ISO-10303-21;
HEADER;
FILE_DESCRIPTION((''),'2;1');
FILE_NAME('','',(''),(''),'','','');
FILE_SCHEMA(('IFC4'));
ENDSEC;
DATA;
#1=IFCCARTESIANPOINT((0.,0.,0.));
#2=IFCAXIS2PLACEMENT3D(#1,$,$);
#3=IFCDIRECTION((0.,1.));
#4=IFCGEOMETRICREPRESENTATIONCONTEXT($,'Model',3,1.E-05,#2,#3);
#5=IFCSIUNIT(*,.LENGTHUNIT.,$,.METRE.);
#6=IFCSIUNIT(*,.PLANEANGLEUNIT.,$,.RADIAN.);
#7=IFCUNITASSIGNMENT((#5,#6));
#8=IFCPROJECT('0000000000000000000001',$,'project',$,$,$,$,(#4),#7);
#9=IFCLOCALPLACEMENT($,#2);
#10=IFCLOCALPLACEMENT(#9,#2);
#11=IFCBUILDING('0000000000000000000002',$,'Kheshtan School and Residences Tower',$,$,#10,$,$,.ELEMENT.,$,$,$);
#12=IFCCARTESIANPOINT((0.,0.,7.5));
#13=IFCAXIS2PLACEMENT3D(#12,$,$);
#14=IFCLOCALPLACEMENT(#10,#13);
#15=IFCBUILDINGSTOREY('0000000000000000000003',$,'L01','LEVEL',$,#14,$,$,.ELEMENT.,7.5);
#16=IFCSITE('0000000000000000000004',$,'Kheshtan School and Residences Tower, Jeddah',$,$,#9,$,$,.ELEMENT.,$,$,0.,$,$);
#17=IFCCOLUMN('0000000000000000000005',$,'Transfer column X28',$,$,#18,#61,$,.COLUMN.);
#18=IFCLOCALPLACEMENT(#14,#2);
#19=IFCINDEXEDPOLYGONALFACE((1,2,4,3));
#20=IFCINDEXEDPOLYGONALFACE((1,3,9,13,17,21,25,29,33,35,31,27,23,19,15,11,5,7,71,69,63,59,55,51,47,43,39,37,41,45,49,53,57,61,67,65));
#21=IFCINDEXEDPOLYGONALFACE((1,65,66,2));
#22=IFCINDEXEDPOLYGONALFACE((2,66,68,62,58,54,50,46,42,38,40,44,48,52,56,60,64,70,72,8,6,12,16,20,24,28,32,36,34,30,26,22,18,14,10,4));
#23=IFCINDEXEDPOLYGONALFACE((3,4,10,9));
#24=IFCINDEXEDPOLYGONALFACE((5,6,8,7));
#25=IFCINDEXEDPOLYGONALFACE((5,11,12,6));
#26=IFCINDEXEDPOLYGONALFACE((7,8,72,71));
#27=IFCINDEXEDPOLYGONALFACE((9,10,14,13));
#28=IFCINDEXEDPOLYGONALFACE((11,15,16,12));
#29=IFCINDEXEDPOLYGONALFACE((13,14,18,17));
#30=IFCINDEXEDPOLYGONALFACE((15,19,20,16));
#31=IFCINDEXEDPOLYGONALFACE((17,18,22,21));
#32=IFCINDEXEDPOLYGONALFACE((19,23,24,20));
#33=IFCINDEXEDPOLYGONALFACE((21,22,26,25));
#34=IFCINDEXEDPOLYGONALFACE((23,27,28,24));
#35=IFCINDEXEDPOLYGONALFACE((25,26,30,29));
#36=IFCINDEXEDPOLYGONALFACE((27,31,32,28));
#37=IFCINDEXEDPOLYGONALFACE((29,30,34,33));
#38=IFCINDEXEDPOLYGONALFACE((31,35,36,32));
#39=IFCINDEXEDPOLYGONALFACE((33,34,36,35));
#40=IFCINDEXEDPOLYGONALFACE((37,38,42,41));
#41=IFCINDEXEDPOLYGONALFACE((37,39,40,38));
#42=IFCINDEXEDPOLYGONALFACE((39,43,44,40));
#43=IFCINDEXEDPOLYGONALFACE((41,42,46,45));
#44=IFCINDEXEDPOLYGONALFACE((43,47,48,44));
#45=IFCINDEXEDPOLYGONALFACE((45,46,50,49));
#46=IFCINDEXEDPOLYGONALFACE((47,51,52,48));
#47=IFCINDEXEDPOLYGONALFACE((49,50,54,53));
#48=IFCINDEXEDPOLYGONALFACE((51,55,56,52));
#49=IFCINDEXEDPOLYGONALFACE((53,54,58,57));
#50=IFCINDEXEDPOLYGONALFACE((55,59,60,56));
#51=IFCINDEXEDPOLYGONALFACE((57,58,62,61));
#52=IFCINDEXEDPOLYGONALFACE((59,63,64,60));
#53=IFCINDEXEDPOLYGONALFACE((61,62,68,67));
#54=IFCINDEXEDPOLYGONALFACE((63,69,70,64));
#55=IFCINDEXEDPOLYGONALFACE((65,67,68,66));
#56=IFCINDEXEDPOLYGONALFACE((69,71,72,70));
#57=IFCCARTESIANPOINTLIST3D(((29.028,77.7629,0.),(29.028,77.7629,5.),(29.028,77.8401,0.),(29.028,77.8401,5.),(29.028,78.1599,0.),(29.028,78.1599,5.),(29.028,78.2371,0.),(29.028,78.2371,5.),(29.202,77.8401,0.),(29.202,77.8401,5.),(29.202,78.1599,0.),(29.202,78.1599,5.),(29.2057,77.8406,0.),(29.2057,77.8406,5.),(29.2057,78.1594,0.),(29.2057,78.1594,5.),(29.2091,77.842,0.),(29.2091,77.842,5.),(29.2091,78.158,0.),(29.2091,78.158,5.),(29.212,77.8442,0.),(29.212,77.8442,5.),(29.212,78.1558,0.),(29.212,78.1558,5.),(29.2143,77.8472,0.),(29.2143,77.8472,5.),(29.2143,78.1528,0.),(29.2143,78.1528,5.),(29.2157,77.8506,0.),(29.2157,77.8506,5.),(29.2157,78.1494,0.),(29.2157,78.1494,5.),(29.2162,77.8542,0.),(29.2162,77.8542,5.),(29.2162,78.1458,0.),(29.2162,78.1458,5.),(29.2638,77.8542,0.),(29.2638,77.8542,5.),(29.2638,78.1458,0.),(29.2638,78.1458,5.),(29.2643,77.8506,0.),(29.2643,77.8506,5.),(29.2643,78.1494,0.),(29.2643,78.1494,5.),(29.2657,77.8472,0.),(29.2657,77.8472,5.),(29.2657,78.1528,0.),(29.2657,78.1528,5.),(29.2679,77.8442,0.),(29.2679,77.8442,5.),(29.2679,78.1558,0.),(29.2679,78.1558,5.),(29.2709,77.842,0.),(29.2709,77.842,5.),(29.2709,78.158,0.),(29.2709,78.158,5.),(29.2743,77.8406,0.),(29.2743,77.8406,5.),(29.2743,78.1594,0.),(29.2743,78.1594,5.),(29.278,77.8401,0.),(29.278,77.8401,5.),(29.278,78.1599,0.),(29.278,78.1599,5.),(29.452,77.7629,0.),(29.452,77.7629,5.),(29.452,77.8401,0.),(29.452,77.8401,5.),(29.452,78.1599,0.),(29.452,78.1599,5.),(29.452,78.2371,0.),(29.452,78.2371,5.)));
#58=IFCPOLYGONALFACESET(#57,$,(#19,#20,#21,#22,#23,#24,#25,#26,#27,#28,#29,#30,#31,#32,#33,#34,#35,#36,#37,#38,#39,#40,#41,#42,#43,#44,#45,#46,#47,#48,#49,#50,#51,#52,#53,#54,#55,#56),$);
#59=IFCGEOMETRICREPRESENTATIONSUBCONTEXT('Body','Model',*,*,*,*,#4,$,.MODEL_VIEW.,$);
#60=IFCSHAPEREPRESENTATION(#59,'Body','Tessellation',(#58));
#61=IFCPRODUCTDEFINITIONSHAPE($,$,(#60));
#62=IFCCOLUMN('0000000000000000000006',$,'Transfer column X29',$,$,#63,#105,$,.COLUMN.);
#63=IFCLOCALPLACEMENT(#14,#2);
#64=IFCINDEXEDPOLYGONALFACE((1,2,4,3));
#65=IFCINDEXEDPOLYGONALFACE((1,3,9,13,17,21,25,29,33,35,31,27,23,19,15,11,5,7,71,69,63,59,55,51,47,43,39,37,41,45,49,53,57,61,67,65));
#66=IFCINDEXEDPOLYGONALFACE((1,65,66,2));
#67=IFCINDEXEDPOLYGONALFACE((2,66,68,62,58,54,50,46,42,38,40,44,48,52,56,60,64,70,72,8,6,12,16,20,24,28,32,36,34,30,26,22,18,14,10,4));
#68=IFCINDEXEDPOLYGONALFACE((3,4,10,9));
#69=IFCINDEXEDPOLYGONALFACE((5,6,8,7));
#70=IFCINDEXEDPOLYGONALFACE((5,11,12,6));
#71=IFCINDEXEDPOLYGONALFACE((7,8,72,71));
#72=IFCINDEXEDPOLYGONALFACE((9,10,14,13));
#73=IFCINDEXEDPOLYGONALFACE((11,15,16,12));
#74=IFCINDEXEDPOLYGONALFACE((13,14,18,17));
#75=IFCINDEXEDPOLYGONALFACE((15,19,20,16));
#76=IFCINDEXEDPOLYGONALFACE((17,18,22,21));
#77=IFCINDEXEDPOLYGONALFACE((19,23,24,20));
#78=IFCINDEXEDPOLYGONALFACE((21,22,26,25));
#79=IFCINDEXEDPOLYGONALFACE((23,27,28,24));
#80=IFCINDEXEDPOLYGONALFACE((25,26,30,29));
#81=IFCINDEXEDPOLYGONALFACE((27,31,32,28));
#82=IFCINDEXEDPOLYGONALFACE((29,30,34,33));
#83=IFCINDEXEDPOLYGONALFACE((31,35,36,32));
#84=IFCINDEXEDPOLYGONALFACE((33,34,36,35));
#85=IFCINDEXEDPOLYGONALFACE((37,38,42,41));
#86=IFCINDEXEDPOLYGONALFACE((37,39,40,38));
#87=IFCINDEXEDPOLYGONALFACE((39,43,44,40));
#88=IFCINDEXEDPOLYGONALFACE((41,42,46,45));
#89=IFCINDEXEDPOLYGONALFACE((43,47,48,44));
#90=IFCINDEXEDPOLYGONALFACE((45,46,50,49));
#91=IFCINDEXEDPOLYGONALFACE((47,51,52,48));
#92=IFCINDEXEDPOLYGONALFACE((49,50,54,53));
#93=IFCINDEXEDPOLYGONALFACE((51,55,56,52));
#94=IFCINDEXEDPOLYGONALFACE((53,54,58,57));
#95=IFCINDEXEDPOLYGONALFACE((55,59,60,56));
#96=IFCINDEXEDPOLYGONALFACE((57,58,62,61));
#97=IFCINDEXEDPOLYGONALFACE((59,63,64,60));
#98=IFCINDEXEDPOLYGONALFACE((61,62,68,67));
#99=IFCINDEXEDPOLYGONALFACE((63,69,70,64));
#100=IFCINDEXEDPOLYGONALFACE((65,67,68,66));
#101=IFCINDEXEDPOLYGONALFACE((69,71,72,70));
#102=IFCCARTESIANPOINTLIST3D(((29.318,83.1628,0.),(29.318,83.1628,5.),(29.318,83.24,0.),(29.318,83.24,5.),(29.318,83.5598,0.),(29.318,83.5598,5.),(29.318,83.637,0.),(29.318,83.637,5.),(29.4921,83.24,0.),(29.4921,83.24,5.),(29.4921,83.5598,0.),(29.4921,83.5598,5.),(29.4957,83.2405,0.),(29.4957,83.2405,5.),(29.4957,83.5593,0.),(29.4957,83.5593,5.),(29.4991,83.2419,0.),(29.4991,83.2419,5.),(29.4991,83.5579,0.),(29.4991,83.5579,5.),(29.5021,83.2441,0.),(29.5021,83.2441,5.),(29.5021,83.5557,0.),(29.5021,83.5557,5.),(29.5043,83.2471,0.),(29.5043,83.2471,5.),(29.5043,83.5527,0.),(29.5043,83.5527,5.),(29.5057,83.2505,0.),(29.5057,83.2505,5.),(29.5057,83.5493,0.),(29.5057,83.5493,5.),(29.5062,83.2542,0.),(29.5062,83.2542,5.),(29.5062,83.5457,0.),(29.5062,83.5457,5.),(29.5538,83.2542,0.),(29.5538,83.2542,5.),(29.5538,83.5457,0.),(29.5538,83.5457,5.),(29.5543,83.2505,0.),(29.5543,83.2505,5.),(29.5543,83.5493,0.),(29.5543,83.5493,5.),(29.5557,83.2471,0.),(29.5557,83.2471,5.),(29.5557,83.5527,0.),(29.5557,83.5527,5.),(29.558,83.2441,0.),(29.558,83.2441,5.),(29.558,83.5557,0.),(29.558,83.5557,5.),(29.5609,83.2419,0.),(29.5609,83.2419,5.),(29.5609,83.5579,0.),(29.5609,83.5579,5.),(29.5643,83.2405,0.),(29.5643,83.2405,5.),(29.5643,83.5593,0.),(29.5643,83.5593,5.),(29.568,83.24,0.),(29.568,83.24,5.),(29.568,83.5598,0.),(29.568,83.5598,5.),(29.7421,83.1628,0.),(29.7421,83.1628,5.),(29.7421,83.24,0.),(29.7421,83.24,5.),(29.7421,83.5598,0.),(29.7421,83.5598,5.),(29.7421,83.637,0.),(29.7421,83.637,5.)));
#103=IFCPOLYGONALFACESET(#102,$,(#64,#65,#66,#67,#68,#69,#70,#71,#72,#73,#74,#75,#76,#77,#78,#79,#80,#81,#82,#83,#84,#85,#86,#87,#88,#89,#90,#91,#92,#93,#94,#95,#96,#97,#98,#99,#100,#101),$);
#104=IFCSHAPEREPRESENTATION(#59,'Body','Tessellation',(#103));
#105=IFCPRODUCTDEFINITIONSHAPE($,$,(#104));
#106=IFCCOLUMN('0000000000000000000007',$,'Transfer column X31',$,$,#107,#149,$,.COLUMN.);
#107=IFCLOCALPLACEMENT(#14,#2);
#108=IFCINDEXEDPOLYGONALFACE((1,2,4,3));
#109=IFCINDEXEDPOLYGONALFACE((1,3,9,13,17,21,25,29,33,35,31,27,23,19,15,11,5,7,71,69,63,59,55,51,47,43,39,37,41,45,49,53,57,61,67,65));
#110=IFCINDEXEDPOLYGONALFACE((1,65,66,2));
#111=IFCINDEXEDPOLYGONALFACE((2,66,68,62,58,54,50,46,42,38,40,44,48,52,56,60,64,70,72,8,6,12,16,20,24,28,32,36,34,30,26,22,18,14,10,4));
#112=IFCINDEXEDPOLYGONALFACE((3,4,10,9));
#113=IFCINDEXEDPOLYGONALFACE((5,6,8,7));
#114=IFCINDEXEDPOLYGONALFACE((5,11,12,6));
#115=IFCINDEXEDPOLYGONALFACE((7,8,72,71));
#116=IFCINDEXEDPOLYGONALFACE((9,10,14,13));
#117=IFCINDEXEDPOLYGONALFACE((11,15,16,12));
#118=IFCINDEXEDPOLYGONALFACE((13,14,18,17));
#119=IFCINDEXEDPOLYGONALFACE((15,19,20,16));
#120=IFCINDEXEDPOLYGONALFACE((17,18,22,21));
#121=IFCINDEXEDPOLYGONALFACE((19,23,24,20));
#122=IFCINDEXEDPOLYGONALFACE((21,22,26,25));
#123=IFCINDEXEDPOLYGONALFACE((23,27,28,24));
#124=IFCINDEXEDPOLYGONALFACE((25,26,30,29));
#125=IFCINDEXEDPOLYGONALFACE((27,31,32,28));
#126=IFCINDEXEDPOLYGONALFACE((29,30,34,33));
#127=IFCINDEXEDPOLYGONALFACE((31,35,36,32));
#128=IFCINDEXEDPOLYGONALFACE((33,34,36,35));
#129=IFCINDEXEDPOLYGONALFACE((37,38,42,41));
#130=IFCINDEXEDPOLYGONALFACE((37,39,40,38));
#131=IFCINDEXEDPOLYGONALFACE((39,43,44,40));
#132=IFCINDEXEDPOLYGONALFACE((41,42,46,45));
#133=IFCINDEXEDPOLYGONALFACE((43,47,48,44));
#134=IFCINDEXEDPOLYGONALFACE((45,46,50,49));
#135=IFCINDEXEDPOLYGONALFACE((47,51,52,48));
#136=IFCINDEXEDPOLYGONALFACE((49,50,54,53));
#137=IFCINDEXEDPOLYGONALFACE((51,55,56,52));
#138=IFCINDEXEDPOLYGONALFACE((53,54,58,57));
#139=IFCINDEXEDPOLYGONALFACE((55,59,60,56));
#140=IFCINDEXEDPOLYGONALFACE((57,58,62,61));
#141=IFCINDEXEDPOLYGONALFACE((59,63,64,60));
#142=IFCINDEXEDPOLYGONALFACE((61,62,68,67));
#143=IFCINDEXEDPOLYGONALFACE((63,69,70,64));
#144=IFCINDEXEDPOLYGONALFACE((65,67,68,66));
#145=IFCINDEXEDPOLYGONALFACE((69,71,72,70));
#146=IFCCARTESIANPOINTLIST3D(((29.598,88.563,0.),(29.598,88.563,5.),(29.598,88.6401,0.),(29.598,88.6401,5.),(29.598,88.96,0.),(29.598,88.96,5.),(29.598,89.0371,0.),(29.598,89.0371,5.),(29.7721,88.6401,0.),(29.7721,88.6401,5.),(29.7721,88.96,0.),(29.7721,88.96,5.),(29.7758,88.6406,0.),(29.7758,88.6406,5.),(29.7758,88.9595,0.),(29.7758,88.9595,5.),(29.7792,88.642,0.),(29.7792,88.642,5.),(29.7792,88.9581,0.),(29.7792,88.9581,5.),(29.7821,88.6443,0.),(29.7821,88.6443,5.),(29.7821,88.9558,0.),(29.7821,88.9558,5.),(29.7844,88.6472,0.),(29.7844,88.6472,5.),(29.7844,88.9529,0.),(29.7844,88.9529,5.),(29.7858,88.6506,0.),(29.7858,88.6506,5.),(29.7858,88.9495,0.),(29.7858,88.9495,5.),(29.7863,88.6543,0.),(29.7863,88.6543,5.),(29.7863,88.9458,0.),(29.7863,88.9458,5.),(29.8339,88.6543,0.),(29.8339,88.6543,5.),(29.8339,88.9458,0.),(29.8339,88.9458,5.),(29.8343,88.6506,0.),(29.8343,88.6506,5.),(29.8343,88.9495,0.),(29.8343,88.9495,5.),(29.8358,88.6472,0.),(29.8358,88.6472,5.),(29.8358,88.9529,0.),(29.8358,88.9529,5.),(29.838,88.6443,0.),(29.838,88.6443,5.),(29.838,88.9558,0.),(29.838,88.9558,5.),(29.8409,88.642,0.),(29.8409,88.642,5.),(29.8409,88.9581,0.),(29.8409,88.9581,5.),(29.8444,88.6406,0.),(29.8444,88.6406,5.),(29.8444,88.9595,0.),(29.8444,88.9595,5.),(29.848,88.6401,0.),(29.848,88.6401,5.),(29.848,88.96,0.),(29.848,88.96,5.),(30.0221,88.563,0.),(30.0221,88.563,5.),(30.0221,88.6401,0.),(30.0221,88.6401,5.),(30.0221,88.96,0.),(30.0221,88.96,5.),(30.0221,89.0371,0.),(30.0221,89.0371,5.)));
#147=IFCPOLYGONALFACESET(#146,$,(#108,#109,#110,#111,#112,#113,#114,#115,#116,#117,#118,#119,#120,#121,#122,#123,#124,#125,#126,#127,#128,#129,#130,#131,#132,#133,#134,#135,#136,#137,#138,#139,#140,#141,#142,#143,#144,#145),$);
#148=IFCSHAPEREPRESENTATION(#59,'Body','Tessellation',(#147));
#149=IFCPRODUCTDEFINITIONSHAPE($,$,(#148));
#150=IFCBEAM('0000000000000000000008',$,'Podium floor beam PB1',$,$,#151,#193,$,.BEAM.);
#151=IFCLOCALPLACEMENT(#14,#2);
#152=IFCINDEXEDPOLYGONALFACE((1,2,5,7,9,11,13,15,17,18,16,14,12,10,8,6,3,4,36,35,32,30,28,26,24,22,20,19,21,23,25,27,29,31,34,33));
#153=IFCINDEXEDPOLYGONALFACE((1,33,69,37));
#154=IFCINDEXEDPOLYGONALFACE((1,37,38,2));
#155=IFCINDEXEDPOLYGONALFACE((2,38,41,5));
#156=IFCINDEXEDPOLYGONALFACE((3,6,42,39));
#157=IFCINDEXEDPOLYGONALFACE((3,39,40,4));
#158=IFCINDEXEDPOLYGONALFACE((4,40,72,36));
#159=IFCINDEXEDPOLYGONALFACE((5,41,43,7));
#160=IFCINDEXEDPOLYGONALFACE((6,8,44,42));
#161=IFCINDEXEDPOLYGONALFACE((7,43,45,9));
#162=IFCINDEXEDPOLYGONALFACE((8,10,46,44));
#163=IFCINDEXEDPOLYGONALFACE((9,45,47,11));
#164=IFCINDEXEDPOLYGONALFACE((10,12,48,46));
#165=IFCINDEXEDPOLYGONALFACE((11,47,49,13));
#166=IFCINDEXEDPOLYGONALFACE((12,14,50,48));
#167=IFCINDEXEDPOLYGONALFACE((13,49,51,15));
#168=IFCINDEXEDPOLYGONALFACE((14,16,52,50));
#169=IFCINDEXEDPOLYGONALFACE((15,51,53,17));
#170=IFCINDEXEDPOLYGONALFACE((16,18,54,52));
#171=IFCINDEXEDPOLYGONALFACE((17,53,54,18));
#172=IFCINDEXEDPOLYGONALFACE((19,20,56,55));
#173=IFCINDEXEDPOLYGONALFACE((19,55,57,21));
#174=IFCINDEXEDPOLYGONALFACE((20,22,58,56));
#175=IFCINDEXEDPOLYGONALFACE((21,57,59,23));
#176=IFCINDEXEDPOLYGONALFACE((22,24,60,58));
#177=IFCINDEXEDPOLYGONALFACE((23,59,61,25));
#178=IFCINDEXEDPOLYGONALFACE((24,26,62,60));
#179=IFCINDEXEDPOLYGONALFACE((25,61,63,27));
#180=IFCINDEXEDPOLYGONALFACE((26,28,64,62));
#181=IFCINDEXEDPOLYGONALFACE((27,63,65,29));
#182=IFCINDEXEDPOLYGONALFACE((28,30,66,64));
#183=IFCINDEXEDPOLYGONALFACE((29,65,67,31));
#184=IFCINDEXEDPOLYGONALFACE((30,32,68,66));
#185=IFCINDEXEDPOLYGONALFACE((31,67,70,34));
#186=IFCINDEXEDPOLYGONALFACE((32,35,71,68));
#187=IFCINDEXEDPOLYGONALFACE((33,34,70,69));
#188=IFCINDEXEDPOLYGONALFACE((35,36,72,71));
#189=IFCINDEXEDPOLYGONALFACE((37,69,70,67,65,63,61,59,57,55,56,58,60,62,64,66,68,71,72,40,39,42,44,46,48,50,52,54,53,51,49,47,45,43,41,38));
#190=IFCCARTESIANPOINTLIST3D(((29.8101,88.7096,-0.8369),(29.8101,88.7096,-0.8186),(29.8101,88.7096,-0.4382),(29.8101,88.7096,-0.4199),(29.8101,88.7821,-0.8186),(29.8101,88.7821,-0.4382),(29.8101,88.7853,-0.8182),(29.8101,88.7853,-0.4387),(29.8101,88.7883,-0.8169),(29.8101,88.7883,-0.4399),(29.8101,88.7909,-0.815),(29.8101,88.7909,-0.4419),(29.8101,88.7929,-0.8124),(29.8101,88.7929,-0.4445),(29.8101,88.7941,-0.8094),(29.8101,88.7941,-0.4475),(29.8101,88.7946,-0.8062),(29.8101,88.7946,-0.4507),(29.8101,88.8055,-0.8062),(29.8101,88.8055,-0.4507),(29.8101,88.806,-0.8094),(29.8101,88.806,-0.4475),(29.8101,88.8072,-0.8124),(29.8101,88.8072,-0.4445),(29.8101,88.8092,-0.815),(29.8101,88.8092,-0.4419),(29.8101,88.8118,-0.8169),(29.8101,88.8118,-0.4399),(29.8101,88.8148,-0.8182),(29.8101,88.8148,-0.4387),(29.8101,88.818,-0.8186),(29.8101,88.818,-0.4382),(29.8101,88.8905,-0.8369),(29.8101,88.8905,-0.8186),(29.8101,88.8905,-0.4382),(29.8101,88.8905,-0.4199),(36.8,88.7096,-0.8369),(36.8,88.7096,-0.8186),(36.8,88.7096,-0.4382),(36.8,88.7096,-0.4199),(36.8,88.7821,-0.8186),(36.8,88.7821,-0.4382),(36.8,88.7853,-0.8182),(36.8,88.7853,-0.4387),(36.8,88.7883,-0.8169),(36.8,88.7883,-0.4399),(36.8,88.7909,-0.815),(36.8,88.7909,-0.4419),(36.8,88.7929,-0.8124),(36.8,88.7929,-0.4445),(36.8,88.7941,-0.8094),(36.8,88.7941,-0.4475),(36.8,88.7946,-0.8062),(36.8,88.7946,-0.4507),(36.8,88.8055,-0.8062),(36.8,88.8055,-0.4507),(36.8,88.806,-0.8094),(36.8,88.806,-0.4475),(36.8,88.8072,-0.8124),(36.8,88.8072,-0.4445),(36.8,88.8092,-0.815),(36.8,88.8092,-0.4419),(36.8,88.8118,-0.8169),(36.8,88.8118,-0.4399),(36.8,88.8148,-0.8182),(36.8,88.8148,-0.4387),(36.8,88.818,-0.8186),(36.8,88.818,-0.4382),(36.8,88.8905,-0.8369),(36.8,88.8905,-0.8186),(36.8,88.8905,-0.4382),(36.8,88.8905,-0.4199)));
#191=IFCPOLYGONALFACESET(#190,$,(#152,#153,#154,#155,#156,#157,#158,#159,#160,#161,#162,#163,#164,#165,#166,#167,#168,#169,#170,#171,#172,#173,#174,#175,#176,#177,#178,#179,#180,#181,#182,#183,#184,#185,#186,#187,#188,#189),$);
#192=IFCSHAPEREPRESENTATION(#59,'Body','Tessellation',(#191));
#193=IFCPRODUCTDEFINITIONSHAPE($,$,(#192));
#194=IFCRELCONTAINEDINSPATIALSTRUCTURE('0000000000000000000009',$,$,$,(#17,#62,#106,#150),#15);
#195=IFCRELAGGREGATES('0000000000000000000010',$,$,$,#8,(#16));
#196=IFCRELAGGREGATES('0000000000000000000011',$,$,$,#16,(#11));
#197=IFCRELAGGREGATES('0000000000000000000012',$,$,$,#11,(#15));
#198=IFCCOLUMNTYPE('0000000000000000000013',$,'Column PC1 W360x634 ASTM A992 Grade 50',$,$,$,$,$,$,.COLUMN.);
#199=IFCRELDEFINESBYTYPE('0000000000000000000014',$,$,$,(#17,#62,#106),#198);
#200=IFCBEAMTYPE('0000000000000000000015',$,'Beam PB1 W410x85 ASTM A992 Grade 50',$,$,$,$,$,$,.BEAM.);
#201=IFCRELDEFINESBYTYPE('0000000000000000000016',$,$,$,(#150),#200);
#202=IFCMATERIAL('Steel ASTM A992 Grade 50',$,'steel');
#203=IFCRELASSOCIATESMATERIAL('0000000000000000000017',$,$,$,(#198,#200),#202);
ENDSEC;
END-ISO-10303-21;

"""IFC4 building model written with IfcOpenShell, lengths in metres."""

from ifc_helpers import new_model, si_unit, direction, frame, origin, origin_2d, place, context, subcontext, project, spatial, i_section, extrude, material, material_profile, profile_set, type_object, element, save


model = new_model("IFC4")

# Units and contexts
model_context = context("Model", 3, precision=1e-05, world=origin(), true_north=direction((0.0, 1.0)))
body_context = subcontext(model_context, "Body", "Model", "MODEL_VIEW")
ifc_project = project(units=[si_unit("LENGTHUNIT", "METRE"), si_unit("PLANEANGLEUNIT", "RADIAN")], contexts=[model_context])

# Site, building, storey
site_placement = place(None, origin())
site = spatial("IfcSite", under=ifc_project, at=site_placement, Name="Kheshtan School and Residences Tower, Jeddah", CompositionType="ELEMENT", RefElevation=0.0)
building_placement = place(site_placement, origin())
building = spatial("IfcBuilding", under=site, at=building_placement, Name="Kheshtan School and Residences Tower", CompositionType="ELEMENT")
storey_placement = place(building_placement, frame((0.0, 0.0, 7.5)))
storey = spatial("IfcBuildingStorey", under=building, at=storey_placement, Name="L01", Description="LEVEL", CompositionType="ELEMENT", Elevation=7.5)

# Columns
ifc_material_1 = material(Name="Steel ASTM A992 Grade 50", Category="steel")
ifc_material_profile_1 = material_profile(ifc_material_1, i_section(OverallWidth=0.4241, OverallDepth=0.4741, WebThickness=0.0476, FlangeThickness=0.0771, FilletRadius=0.0142, at=origin_2d()), Name="W360x634")
ifc_profile_set_1 = profile_set([ifc_material_profile_1], Name="Steel ASTM A992 Grade 50")
column_type = type_object("IfcColumnType", Name="Column PC1 W360x634 ASTM A992 Grade 50", PredefinedType="COLUMN", material=ifc_profile_set_1)
for number, where, z_axis, x_axis, name in (
    (1, (29.24, 78.0, 0.0), (0.0, 0.0, 1.0), (1.0, 0.0, 0.0), "Transfer column X28"),
    (2, (29.53, 83.3999, 0.0), (0.0, 0.0, 1.0), (1.0, 0.0, 0.0), "Transfer column X29"),
    (3, (29.8101, 88.8, 0.0), (0.0, 0.0, 1.0), (1.0, 0.0, 0.0), "Transfer column X31"),
):
    element("IfcColumn", number, at=place(storey_placement, frame(where, z_axis=z_axis, x_axis=x_axis)), inside=storey, type_object=column_type, Name=name, PredefinedType="COLUMN", context=body_context, shape_type="SweptSolid", body=[
        extrude(i_section(OverallWidth=0.4241, OverallDepth=0.4741, WebThickness=0.0476, FlangeThickness=0.0771, FilletRadius=0.0142, at=origin_2d()), origin(), (0.0, 0.0, 1.0), 5.0),
    ])

# Beam
ifc_material_profile_2 = material_profile(ifc_material_1, i_section(OverallWidth=0.1809, OverallDepth=0.417, WebThickness=0.011, FlangeThickness=0.0183, FilletRadius=0.0125, at=origin_2d()), Name="W410x85")
ifc_profile_set_2 = profile_set([ifc_material_profile_2], Name="Steel ASTM A992 Grade 50")
beam_type = type_object("IfcBeamType", Name="Beam PB1 W410x85 ASTM A992 Grade 50", PredefinedType="BEAM", material=ifc_profile_set_2)
beam_placement = place(storey_placement, frame((29.8101, 88.8, -0.6284), z_axis=(1.0, 0.0, 0.0), x_axis=(0.0, 1.0, 0.0)))
element("IfcBeam", 4, at=beam_placement, inside=storey, type_object=beam_type, Name="Podium floor beam PB1", PredefinedType="BEAM", context=body_context, shape_type="SweptSolid", body=[
    extrude(i_section(OverallWidth=0.1809, OverallDepth=0.417, WebThickness=0.011, FlangeThickness=0.0183, FilletRadius=0.0125, at=origin_2d()), origin(), (0.0, 0.0, 1.0), 6.99),
])

save(model, "model.ifc")
